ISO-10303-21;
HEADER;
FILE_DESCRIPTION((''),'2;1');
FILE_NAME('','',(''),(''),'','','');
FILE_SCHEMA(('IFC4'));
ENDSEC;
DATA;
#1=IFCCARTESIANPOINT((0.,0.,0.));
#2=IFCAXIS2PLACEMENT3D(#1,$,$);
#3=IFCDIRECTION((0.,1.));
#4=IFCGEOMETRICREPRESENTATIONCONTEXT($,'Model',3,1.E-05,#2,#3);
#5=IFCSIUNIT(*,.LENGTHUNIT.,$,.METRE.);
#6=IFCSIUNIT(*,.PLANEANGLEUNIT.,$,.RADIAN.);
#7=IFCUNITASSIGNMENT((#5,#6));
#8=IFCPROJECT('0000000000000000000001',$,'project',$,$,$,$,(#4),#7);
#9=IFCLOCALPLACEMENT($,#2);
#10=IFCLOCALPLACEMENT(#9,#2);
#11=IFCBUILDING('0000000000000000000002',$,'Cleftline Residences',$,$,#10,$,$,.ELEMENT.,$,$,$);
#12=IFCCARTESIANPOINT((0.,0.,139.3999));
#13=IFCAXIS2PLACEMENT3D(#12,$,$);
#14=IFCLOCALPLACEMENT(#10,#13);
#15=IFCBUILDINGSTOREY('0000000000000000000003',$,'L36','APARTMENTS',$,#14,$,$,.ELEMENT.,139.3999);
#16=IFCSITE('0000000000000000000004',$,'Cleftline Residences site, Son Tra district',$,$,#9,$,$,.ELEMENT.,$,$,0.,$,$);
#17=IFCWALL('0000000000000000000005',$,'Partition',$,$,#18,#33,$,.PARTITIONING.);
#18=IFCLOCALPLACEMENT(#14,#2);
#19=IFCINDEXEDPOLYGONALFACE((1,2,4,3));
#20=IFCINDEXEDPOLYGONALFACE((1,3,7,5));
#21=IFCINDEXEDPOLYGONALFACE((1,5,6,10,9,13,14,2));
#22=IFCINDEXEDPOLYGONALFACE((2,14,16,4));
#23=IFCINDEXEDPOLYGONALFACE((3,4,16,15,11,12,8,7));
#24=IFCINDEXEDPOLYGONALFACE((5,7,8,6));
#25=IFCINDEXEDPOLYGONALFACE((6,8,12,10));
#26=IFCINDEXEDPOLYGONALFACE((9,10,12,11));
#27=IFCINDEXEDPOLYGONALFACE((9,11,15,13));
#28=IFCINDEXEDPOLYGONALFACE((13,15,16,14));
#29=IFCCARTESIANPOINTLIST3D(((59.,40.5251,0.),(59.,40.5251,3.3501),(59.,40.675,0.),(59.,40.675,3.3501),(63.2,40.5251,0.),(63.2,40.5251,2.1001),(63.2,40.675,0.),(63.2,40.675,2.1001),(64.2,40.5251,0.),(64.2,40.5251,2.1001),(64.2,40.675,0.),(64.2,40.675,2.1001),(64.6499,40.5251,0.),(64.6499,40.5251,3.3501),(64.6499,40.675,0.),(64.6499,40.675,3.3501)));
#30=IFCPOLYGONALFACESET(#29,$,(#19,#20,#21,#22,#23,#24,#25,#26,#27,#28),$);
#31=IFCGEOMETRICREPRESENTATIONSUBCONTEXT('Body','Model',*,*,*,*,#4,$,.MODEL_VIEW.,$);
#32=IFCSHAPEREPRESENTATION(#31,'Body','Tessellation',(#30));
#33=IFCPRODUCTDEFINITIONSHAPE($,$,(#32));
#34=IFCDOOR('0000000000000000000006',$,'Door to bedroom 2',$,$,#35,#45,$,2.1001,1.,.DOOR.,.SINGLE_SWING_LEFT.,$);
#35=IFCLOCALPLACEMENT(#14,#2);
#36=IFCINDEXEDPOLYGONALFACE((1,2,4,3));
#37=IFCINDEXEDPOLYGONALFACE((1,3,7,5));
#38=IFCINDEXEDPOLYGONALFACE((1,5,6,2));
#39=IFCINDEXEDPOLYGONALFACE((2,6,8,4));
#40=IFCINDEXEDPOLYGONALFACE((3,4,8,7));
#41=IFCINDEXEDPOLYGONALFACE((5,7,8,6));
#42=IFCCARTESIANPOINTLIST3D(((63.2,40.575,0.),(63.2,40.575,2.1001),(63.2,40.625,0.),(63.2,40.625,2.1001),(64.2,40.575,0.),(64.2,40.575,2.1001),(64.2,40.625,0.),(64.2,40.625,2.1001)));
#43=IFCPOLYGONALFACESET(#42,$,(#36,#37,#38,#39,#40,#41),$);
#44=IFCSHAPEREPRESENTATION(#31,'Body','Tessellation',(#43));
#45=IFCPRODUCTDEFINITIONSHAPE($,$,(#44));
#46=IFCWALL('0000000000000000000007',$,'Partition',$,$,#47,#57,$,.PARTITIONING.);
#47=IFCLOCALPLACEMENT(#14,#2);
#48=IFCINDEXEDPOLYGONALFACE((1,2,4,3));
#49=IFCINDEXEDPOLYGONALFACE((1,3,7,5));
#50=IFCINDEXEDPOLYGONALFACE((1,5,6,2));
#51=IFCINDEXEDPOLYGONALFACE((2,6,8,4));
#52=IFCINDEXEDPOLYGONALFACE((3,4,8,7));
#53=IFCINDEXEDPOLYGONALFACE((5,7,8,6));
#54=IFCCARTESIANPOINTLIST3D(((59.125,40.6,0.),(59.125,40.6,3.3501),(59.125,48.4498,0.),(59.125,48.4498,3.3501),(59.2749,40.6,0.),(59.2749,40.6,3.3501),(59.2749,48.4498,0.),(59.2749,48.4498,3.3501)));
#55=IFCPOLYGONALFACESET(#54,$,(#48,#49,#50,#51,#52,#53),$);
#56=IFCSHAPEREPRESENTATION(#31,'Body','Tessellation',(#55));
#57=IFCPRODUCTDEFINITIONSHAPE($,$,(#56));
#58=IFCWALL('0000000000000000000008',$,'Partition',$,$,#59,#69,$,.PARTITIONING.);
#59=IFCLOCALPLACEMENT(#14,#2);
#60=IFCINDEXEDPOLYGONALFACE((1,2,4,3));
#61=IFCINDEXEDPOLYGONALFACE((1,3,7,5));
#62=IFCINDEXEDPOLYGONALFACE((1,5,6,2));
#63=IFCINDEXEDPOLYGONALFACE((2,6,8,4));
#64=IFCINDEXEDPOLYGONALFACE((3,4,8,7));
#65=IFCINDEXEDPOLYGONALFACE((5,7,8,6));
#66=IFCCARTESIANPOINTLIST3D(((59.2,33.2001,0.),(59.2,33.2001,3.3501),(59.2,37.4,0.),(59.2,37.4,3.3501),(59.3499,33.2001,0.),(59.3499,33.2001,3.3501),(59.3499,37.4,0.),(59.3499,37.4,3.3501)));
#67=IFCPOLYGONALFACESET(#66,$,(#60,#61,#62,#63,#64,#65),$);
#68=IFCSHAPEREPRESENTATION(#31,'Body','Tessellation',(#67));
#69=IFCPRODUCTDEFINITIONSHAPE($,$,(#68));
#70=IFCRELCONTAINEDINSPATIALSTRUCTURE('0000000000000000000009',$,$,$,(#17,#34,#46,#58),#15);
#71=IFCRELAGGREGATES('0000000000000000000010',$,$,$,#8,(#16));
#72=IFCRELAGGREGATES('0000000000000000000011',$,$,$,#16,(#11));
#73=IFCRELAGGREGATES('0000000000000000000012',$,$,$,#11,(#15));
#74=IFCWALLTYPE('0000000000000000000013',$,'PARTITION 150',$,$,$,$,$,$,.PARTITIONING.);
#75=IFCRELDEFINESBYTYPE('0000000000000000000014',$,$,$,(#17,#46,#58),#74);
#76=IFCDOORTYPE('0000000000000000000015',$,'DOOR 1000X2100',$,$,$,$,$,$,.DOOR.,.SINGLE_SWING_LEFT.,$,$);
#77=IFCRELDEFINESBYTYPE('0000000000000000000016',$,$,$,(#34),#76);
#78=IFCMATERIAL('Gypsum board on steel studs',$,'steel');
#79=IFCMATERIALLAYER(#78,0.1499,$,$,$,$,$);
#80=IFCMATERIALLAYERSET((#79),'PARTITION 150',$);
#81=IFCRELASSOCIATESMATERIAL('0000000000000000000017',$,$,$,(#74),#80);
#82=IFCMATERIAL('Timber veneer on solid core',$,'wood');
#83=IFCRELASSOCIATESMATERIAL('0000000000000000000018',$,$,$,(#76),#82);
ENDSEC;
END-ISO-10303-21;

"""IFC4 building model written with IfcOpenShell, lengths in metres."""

from ifc_helpers import new_model, si_unit, direction, frame, frame_2d, origin, place, context, subcontext, project, spatial, rectangle, extrude, material, layer, layer_set, type_object, element, fill, save


model = new_model("IFC4")

# Units and contexts
model_context = context("Model", 3, precision=1e-05, world=origin(), true_north=direction((0.0, 1.0)))
body_context = subcontext(model_context, "Body", "Model", "MODEL_VIEW")
ifc_project = project(units=[si_unit("LENGTHUNIT", "METRE"), si_unit("PLANEANGLEUNIT", "RADIAN")], contexts=[model_context])

# Site, building, storey
site_placement = place(None, origin())
site = spatial("IfcSite", under=ifc_project, at=site_placement, Name="Cleftline Residences site, Son Tra district", CompositionType="ELEMENT", RefElevation=0.0)
building_placement = place(site_placement, origin())
building = spatial("IfcBuilding", under=site, at=building_placement, Name="Cleftline Residences", CompositionType="ELEMENT")
storey_placement = place(building_placement, frame((0.0, 0.0, 139.3999)))
storey = spatial("IfcBuildingStorey", under=building, at=storey_placement, Name="L36", Description="APARTMENTS", CompositionType="ELEMENT", Elevation=139.3999)

# Shared definitions
ifc_material_1 = material(Name="Gypsum board on steel studs", Category="steel")
ifc_layer = layer(ifc_material_1, 0.1499)
ifc_layer_set = layer_set([ifc_layer], Name="PARTITION 150")
wall_type = type_object("IfcWallType", Name="PARTITION 150", PredefinedType="PARTITIONING", material=ifc_layer_set)

# Wall, opening, door
wall_1_placement = place(storey_placement, frame((59.0, 40.6001, 0.0), z_axis=(0.0, 0.0, 1.0), x_axis=(1.0, 0.0, 0.0)))
wall_1 = element("IfcWall", 1, at=wall_1_placement, inside=storey, type_object=wall_type, Name="Partition", PredefinedType="PARTITIONING", context=body_context, shape_type="SweptSolid", body=[
    extrude(rectangle(XDim=5.6499, YDim=0.1499, at=frame_2d((2.825, 0.0))), origin(), (0.0, 0.0, 1.0), 3.3501),
])
opening_placement = place(wall_1_placement, frame((4.2, 0.0, 0.0)))
opening = element("IfcOpeningElement", 2, at=opening_placement, cuts=wall_1, PredefinedType="OPENING", context=body_context, shape_type="SweptSolid", body=[
    extrude(rectangle(XDim=1.0, YDim=2.1001, at=frame_2d((0.5, 1.05))), frame((0.0, 0.085, 0.0), z_axis=(0.0, -1.0, 0.0), x_axis=(1.0, 0.0, 0.0)), (0.0, 0.0, 1.0), 0.1699),
])
ifc_material_2 = material(Name="Timber veneer on solid core", Category="wood")
door_type = type_object("IfcDoorType", Name="DOOR 1000X2100", OperationType="SINGLE_SWING_LEFT", PredefinedType="DOOR", material=ifc_material_2)
door_placement = place(opening_placement, origin())
door = element("IfcDoor", 3, at=door_placement, inside=storey, type_object=door_type, Name="Door to bedroom 2", OperationType="SINGLE_SWING_LEFT", OverallHeight=2.1001, OverallWidth=1.0, PredefinedType="DOOR", context=body_context, shape_type="SweptSolid", body=[
    extrude(rectangle(XDim=1.0, YDim=2.1001, at=frame_2d((0.5, 1.05))), frame((0.0, 0.0249, 0.0), z_axis=(0.0, -1.0, 0.0), x_axis=(1.0, 0.0, 0.0)), (0.0, 0.0, 1.0), 0.05),
])
fill(opening, door)

# Walls
wall_2_placement = place(storey_placement, frame((59.2, 40.6001, 0.0), z_axis=(0.0, 0.0, 1.0), x_axis=(0.0, 1.0, 0.0)))
element("IfcWall", 4, at=wall_2_placement, inside=storey, type_object=wall_type, Name="Partition", PredefinedType="PARTITIONING", context=body_context, shape_type="SweptSolid", body=[
    extrude(rectangle(XDim=7.8499, YDim=0.1499, at=frame_2d((3.9248, 0.0))), origin(), (0.0, 0.0, 1.0), 3.3501),
])
wall_3_placement = place(storey_placement, frame((59.2749, 33.2, 0.0), z_axis=(0.0, 0.0, 1.0), x_axis=(0.0, 1.0, 0.0)))
element("IfcWall", 5, at=wall_3_placement, inside=storey, type_object=wall_type, Name="Partition", PredefinedType="PARTITIONING", context=body_context, shape_type="SweptSolid", body=[
    extrude(rectangle(XDim=4.2, YDim=0.1499, at=frame_2d((2.1001, 0.0))), origin(), (0.0, 0.0, 1.0), 3.3501),
])

save(model, "model.ifc")
